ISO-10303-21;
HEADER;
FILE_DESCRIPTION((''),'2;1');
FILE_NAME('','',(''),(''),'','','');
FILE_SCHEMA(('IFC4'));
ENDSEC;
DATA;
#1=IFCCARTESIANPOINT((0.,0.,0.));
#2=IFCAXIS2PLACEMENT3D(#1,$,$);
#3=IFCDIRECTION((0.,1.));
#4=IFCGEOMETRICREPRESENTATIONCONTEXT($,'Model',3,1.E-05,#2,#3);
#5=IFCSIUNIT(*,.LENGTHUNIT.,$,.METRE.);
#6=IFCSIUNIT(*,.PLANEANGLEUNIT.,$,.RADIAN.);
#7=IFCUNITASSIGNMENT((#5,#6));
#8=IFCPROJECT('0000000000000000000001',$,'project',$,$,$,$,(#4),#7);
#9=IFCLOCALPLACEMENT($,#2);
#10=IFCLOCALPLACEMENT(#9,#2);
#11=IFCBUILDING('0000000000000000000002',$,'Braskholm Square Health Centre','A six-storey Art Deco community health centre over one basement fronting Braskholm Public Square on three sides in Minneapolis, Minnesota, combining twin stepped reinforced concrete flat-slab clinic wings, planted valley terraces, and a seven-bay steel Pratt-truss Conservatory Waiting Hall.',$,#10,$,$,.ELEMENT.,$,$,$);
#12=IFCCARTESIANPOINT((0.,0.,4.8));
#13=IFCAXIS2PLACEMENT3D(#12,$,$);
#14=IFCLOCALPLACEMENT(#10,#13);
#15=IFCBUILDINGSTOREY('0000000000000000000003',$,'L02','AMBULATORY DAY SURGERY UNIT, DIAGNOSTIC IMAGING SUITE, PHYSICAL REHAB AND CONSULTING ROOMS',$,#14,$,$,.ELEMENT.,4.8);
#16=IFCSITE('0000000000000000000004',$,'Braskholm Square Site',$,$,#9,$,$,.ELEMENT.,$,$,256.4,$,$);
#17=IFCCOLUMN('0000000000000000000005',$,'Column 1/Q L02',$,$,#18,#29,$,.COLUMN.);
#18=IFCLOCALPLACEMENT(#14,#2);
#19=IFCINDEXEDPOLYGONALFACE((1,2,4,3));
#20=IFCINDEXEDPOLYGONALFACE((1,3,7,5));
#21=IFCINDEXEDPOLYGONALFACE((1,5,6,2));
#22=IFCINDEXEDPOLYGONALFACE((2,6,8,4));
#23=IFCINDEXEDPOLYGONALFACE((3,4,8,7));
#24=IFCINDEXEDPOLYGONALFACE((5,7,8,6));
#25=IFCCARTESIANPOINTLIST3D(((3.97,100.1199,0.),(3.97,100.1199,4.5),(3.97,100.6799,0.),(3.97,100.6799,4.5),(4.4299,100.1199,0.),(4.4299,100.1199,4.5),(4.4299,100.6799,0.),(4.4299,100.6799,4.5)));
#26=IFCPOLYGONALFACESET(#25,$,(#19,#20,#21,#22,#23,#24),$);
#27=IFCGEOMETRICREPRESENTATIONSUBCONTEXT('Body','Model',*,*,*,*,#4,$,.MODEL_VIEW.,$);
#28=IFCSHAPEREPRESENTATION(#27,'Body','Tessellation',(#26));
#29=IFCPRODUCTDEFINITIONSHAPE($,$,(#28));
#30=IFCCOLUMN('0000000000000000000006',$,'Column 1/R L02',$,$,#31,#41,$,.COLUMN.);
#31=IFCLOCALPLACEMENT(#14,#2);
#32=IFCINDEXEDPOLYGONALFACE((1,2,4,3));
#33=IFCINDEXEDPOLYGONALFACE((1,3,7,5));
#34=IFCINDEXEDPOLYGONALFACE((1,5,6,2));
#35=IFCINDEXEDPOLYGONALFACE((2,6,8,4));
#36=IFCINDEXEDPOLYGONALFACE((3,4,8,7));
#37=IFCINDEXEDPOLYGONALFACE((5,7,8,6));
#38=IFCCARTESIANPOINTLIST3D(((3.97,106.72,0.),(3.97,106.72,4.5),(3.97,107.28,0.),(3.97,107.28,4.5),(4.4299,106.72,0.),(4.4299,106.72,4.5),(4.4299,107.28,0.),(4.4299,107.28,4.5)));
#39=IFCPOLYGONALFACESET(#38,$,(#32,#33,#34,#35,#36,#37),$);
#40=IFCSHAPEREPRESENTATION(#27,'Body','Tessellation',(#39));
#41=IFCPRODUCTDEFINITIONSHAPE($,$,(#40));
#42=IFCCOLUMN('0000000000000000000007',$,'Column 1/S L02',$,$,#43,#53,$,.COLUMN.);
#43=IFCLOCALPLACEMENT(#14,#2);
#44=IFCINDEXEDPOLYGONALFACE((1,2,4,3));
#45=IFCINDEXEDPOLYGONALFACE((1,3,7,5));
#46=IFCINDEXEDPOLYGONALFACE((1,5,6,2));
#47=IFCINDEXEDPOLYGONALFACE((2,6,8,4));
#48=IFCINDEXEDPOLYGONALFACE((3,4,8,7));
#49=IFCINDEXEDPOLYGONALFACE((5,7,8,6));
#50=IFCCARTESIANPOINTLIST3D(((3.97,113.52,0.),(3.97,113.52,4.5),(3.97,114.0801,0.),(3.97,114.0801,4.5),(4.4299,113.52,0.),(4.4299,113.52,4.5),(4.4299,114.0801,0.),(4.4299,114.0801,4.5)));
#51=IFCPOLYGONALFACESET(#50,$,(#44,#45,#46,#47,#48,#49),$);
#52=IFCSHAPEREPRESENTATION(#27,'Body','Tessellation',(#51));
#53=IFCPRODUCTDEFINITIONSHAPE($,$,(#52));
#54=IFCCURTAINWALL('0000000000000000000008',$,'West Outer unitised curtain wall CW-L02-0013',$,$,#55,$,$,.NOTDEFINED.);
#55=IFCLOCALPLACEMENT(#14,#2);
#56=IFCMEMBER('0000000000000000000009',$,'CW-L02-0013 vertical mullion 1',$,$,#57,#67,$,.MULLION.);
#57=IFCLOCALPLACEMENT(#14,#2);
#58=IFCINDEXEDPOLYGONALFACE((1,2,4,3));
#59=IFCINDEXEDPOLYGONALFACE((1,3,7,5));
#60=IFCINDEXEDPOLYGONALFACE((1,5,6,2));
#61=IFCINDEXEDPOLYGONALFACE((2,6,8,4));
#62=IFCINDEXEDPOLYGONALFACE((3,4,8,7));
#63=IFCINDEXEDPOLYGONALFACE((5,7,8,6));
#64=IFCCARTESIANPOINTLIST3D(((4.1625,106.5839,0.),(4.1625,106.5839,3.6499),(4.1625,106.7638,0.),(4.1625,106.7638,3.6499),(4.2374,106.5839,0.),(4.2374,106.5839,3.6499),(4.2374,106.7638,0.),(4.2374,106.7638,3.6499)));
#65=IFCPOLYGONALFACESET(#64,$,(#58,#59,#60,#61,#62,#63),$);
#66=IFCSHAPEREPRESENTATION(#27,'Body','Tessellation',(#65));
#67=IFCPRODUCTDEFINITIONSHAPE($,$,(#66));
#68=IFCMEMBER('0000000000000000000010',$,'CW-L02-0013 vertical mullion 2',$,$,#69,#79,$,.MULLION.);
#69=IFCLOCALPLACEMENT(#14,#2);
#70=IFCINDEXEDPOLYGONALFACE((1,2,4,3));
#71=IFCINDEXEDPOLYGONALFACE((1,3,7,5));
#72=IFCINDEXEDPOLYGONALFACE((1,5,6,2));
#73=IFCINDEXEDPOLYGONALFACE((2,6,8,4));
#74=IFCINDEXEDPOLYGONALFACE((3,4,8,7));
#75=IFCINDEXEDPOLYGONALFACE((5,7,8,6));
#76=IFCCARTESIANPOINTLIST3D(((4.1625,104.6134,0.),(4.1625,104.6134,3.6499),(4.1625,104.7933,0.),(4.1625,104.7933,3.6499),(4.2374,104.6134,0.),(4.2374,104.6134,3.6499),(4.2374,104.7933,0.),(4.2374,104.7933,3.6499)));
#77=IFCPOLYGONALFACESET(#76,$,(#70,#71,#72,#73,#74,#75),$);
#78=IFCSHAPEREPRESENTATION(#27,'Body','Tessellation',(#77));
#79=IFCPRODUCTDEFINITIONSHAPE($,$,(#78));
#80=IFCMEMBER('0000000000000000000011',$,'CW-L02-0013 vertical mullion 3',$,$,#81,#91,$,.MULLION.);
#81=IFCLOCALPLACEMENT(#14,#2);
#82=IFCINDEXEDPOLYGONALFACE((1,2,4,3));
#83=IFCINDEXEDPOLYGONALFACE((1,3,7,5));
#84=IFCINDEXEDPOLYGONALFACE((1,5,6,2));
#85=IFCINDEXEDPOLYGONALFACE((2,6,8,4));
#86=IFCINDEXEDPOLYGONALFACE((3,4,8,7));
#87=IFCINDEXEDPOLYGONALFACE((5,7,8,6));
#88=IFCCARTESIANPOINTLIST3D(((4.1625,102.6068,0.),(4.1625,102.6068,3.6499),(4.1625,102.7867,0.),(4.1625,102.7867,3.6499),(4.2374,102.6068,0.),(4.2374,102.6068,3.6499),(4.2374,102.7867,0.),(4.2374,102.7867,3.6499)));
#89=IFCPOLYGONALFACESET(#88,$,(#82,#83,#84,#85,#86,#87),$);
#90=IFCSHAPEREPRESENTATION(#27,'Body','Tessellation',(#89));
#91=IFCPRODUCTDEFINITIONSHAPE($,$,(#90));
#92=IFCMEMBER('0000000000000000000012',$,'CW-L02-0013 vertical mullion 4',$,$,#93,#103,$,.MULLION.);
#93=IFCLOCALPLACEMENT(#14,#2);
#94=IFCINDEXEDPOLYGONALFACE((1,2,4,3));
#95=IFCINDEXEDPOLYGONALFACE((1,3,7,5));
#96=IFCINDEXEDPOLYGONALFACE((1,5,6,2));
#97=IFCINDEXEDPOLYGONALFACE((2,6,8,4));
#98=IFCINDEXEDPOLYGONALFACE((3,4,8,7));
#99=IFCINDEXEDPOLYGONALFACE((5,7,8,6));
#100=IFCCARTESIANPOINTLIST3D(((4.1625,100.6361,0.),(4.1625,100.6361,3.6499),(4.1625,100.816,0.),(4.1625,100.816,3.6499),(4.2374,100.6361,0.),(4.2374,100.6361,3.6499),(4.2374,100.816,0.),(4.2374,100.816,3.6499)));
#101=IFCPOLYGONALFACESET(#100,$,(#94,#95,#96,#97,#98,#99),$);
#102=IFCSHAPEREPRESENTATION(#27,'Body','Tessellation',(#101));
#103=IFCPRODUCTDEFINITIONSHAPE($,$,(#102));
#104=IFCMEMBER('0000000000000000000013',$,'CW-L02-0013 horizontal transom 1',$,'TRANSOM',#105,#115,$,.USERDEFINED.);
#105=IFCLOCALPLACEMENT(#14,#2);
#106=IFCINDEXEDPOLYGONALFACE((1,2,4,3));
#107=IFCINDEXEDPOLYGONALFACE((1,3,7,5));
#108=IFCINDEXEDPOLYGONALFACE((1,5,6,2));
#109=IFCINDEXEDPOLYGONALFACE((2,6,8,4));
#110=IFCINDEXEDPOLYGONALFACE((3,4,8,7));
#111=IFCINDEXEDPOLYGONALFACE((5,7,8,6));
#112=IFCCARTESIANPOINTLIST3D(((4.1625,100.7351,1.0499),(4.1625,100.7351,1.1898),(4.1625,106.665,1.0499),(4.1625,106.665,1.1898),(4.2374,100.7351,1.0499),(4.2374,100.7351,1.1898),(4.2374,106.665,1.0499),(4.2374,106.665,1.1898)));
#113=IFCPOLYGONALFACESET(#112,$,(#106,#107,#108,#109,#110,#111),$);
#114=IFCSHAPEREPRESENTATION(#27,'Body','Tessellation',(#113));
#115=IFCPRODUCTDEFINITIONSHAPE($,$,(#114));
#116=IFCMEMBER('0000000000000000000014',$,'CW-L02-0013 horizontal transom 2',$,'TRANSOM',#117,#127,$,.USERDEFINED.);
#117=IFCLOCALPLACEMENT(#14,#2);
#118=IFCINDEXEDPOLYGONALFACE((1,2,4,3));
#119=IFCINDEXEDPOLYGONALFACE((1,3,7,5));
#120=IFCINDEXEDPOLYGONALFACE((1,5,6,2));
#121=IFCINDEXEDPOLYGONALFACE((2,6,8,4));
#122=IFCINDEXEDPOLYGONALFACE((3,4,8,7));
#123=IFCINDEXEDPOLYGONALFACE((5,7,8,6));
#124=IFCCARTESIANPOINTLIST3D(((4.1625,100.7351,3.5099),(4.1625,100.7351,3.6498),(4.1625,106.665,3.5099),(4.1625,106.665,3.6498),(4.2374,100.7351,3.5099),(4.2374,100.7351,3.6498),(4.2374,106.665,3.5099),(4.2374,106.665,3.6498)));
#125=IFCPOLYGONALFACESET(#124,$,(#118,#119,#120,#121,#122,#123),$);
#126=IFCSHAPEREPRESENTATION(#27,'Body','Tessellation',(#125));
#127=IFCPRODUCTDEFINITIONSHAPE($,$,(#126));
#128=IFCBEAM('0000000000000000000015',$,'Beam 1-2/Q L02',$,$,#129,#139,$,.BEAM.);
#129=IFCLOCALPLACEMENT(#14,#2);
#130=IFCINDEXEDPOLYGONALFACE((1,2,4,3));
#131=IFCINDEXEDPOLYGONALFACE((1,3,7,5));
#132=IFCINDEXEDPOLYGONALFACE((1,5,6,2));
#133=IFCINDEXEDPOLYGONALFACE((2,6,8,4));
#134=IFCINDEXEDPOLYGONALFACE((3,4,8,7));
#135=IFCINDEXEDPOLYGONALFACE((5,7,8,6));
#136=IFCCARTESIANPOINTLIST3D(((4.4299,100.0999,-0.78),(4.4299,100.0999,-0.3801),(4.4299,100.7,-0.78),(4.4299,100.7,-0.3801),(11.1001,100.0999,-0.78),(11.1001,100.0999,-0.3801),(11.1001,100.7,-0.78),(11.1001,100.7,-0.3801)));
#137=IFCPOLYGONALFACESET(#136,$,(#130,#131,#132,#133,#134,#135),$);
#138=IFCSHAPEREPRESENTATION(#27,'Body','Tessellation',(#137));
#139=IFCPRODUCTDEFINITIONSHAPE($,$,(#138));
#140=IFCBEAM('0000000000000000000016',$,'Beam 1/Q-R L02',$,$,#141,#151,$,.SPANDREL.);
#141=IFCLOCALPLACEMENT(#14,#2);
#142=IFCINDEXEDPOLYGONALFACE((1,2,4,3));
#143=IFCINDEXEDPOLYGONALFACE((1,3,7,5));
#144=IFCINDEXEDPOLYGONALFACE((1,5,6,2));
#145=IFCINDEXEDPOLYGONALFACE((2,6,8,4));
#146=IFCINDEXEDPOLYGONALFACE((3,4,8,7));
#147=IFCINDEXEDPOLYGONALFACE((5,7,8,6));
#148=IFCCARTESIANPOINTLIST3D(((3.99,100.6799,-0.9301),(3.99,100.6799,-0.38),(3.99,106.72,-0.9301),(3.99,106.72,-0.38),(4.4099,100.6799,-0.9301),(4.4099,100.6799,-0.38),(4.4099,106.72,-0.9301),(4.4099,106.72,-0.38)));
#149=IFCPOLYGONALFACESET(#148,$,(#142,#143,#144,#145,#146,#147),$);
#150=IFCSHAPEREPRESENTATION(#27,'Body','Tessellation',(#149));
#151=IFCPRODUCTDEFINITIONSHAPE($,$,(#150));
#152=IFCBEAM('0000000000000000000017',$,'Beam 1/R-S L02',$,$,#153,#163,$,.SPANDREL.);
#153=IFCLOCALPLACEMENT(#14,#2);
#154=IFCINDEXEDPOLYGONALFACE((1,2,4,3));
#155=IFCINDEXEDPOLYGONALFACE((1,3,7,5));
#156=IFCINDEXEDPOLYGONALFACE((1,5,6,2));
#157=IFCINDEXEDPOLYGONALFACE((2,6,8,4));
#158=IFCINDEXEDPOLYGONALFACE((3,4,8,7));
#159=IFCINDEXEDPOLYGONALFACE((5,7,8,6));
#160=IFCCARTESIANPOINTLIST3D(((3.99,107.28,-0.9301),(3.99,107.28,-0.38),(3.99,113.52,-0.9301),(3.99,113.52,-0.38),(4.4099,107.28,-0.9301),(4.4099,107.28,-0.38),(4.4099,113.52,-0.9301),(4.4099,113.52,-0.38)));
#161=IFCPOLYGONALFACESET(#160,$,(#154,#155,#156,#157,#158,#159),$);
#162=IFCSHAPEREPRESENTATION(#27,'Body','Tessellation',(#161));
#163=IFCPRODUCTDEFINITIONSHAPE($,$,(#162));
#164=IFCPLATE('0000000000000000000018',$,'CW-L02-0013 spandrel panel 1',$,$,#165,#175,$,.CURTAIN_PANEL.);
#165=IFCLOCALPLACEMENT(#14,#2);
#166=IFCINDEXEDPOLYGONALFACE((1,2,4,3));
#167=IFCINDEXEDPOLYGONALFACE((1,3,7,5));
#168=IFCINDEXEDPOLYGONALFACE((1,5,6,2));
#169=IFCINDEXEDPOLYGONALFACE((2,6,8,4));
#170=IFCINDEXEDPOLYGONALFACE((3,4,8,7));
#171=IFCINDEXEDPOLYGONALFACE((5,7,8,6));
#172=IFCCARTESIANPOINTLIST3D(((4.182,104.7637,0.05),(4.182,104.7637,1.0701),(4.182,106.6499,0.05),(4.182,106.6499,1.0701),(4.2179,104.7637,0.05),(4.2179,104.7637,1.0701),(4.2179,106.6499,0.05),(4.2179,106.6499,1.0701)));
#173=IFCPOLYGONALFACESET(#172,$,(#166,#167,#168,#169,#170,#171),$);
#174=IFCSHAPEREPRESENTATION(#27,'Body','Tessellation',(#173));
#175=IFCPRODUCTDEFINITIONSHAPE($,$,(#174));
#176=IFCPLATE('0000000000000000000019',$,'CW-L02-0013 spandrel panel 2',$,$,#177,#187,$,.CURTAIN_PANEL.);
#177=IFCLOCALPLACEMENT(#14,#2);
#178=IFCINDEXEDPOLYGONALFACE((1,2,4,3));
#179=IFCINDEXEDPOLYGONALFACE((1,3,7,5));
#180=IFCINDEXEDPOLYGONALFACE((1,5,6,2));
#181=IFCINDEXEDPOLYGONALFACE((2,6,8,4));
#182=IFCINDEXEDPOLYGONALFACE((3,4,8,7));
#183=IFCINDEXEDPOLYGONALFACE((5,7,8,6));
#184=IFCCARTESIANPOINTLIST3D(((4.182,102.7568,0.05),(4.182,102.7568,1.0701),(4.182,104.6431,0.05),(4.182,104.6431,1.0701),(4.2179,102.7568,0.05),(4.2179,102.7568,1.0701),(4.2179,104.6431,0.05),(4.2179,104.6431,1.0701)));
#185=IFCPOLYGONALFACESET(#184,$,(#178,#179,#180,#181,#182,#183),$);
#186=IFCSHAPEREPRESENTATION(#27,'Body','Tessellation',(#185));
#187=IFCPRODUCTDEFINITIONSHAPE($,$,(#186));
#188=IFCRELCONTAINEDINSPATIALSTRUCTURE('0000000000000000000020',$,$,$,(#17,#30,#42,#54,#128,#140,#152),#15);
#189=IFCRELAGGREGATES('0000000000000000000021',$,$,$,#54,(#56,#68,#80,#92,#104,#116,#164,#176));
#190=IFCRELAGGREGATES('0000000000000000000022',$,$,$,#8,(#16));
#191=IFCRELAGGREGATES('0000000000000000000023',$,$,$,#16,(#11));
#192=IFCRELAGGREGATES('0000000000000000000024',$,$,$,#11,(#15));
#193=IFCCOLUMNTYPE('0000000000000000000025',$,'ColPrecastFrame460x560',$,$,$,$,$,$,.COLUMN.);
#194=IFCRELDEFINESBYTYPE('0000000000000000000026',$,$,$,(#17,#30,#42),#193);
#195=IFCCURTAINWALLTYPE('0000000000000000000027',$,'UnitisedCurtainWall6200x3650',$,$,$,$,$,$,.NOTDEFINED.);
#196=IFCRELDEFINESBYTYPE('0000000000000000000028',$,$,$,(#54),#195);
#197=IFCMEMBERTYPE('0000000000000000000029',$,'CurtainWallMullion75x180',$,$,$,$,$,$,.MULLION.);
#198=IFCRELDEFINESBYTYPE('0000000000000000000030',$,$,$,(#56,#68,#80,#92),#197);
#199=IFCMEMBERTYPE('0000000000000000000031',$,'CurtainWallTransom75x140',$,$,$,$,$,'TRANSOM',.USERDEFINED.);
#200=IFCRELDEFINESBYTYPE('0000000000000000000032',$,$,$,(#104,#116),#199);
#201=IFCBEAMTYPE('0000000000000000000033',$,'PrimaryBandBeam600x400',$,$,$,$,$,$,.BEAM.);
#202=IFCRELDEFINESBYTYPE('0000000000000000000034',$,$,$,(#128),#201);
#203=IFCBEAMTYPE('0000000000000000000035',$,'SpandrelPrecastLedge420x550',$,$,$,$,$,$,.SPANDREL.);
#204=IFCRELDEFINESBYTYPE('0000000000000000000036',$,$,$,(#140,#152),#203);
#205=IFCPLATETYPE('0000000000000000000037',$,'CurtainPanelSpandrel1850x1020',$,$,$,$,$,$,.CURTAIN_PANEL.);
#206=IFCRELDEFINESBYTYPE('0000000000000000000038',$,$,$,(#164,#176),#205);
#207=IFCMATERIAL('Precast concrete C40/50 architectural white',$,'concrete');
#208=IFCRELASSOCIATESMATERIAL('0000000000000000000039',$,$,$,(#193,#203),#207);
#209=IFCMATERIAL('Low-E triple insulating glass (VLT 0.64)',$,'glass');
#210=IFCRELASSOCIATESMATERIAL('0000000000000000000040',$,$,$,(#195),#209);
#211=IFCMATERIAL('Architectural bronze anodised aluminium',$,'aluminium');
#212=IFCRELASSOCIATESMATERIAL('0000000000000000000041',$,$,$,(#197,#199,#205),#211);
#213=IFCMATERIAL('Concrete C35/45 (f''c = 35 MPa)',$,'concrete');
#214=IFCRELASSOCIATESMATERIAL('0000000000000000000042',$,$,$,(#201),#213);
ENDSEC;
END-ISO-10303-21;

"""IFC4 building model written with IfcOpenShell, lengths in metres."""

from ifc_helpers import new_model, si_unit, direction, frame, origin, origin_2d, place, context, subcontext, project, spatial, rectangle, extrude, material, material_profile, profile_set, type_object, element, aggregate, save


model = new_model("IFC4")

# Units and contexts
model_context = context("Model", 3, precision=1e-05, world=origin(), true_north=direction((0.0, 1.0)))
body_context = subcontext(model_context, "Body", "Model", "MODEL_VIEW")
ifc_project = project(units=[si_unit("LENGTHUNIT", "METRE"), si_unit("PLANEANGLEUNIT", "RADIAN")], contexts=[model_context])

# Site, building, storey
site_placement = place(None, origin())
site = spatial("IfcSite", under=ifc_project, at=site_placement, Name="Braskholm Square Site", CompositionType="ELEMENT", RefElevation=256.4)
building_placement = place(site_placement, origin())
building = spatial("IfcBuilding", under=site, at=building_placement, Name="Braskholm Square Health Centre", Description="A six-storey Art Deco community health centre over one basement fronting Braskholm Public Square on three sides in Minneapolis, Minnesota, combining twin stepped reinforced concrete flat-slab clinic wings, planted valley terraces, and a seven-bay steel Pratt-truss Conservatory Waiting Hall.", CompositionType="ELEMENT")
storey_placement = place(building_placement, frame((0.0, 0.0, 4.8)))
storey = spatial("IfcBuildingStorey", under=building, at=storey_placement, Name="L02", Description="AMBULATORY DAY SURGERY UNIT, DIAGNOSTIC IMAGING SUITE, PHYSICAL REHAB AND CONSULTING ROOMS", CompositionType="ELEMENT", Elevation=4.8)

# Columns
ifc_material_1 = material(Name="Precast concrete C40/50 architectural white", Category="concrete")
ifc_material_profile_1 = material_profile(ifc_material_1, rectangle(XDim=0.46, YDim=0.5601, at=origin_2d()), Name="RC-460X560")
ifc_profile_set_1 = profile_set([ifc_material_profile_1], Name="Precast concrete C40/50 architectural white")
column_type = type_object("IfcColumnType", Name="ColPrecastFrame460x560", PredefinedType="COLUMN", material=ifc_profile_set_1)
for number, where, z_axis, x_axis, name in (
    (1, (4.2, 100.3999, 0.0), (0.0, 0.0, 1.0), (1.0, 0.0, 0.0), "Column 1/Q L02"),
    (2, (4.2, 107.0, 0.0), (0.0, 0.0, 1.0), (1.0, 0.0, 0.0), "Column 1/R L02"),
    (3, (4.2, 113.8, 0.0), (0.0, 0.0, 1.0), (1.0, 0.0, 0.0), "Column 1/S L02"),
):
    element("IfcColumn", number, at=place(storey_placement, frame(where, z_axis=z_axis, x_axis=x_axis)), inside=storey, type_object=column_type, Name=name, PredefinedType="COLUMN", context=body_context, shape_type="SweptSolid", body=[
        extrude(rectangle(XDim=0.46, YDim=0.5601, at=origin_2d()), origin(), (0.0, 0.0, 1.0), 4.5),
    ])

# Curtain wall, members
ifc_material_2 = material(Name="Low-E triple insulating glass (VLT 0.64)", Category="glass")
curtain_wall_type = type_object("IfcCurtainWallType", Name="UnitisedCurtainWall6200x3650", PredefinedType="NOTDEFINED", material=ifc_material_2)
curtain_wall_placement = place(storey_placement, origin())
curtain_wall = element("IfcCurtainWall", 4, at=curtain_wall_placement, inside=storey, type_object=curtain_wall_type, Name="West Outer unitised curtain wall CW-L02-0013", PredefinedType="NOTDEFINED")
ifc_material_3 = material(Name="Architectural bronze anodised aluminium", Category="aluminium")
ifc_material_profile_2 = material_profile(ifc_material_3, rectangle(XDim=0.075, YDim=0.1799, at=origin_2d()), Name="ALU-75X180")
ifc_profile_set_2 = profile_set([ifc_material_profile_2], Name="Architectural bronze anodised aluminium")
member_type_1 = type_object("IfcMemberType", Name="CurtainWallMullion75x180", PredefinedType="MULLION", material=ifc_profile_set_2)
member_1_placement = place(storey_placement, frame((4.2, 106.6738, 0.0), z_axis=(0.0, 0.0, 1.0), x_axis=(1.0, 0.0, 0.0)))
member_1 = element("IfcMember", 5, at=member_1_placement, type_object=member_type_1, Name="CW-L02-0013 vertical mullion 1", PredefinedType="MULLION", context=body_context, shape_type="SweptSolid", body=[
    extrude(rectangle(XDim=0.075, YDim=0.1799, at=origin_2d()), origin(), (0.0, 0.0, 1.0), 3.6499),
])
member_2_placement = place(storey_placement, frame((4.2, 104.7034, 0.0), z_axis=(0.0, 0.0, 1.0), x_axis=(1.0, 0.0, 0.0)))
member_2 = element("IfcMember", 6, at=member_2_placement, type_object=member_type_1, Name="CW-L02-0013 vertical mullion 2", PredefinedType="MULLION", context=body_context, shape_type="SweptSolid", body=[
    extrude(rectangle(XDim=0.075, YDim=0.1799, at=origin_2d()), origin(), (0.0, 0.0, 1.0), 3.6499),
])
member_3_placement = place(storey_placement, frame((4.2, 102.6968, 0.0), z_axis=(0.0, 0.0, 1.0), x_axis=(1.0, 0.0, 0.0)))
member_3 = element("IfcMember", 7, at=member_3_placement, type_object=member_type_1, Name="CW-L02-0013 vertical mullion 3", PredefinedType="MULLION", context=body_context, shape_type="SweptSolid", body=[
    extrude(rectangle(XDim=0.075, YDim=0.1799, at=origin_2d()), origin(), (0.0, 0.0, 1.0), 3.6499),
])
member_4_placement = place(storey_placement, frame((4.2, 100.7261, 0.0), z_axis=(0.0, 0.0, 1.0), x_axis=(1.0, 0.0, 0.0)))
member_4 = element("IfcMember", 8, at=member_4_placement, type_object=member_type_1, Name="CW-L02-0013 vertical mullion 4", PredefinedType="MULLION", context=body_context, shape_type="SweptSolid", body=[
    extrude(rectangle(XDim=0.075, YDim=0.1799, at=origin_2d()), origin(), (0.0, 0.0, 1.0), 3.6499),
])
ifc_material_profile_3 = material_profile(ifc_material_3, rectangle(XDim=0.075, YDim=0.1399, at=origin_2d()), Name="ALU-75X140")
ifc_profile_set_3 = profile_set([ifc_material_profile_3], Name="Architectural bronze anodised aluminium")
member_type_2 = type_object("IfcMemberType", Name="CurtainWallTransom75x140", ElementType="TRANSOM", PredefinedType="USERDEFINED", material=ifc_profile_set_3)
member_5_placement = place(storey_placement, frame((4.2, 106.665, 1.1199), z_axis=(0.0, -1.0, 0.0), x_axis=(1.0, 0.0, 0.0)))
member_5 = element("IfcMember", 9, at=member_5_placement, type_object=member_type_2, Name="CW-L02-0013 horizontal transom 1", ObjectType="TRANSOM", PredefinedType="USERDEFINED", context=body_context, shape_type="SweptSolid", body=[
    extrude(rectangle(XDim=0.075, YDim=0.1399, at=origin_2d()), origin(), (0.0, 0.0, 1.0), 5.9299),
])
member_6_placement = place(storey_placement, frame((4.2, 106.665, 3.5798), z_axis=(0.0, -1.0, 0.0), x_axis=(1.0, 0.0, 0.0)))
member_6 = element("IfcMember", 10, at=member_6_placement, type_object=member_type_2, Name="CW-L02-0013 horizontal transom 2", ObjectType="TRANSOM", PredefinedType="USERDEFINED", context=body_context, shape_type="SweptSolid", body=[
    extrude(rectangle(XDim=0.075, YDim=0.1399, at=origin_2d()), origin(), (0.0, 0.0, 1.0), 5.9299),
])

# Beams
ifc_material_4 = material(Name="Concrete C35/45 (f'c = 35 MPa)", Category="concrete")
ifc_material_profile_4 = material_profile(ifc_material_4, rectangle(XDim=0.6001, YDim=0.3999, at=origin_2d()), Name="RCB-600X400")
ifc_profile_set_4 = profile_set([ifc_material_profile_4], Name="Concrete C35/45 (f'c = 35 MPa)")
beam_type_1 = type_object("IfcBeamType", Name="PrimaryBandBeam600x400", PredefinedType="BEAM", material=ifc_profile_set_4)
beam_1_placement = place(storey_placement, frame((4.4299, 100.3999, -0.5801), z_axis=(1.0, 0.0, 0.0), x_axis=(0.0, 1.0, 0.0)))
element("IfcBeam", 11, at=beam_1_placement, inside=storey, type_object=beam_type_1, Name="Beam 1-2/Q L02", PredefinedType="BEAM", context=body_context, shape_type="SweptSolid", body=[
    extrude(rectangle(XDim=0.6001, YDim=0.3999, at=origin_2d()), origin(), (0.0, 0.0, 1.0), 6.6702),
])
ifc_material_profile_5 = material_profile(ifc_material_1, rectangle(XDim=0.4199, YDim=0.55, at=origin_2d()), Name="RCB-420X550")
ifc_profile_set_5 = profile_set([ifc_material_profile_5], Name="Precast concrete C40/50 architectural white")
beam_type_2 = type_object("IfcBeamType", Name="SpandrelPrecastLedge420x550", PredefinedType="SPANDREL", material=ifc_profile_set_5)
beam_2_placement = place(storey_placement, frame((4.2, 100.6799, -0.655), z_axis=(0.0, 1.0, 0.0), x_axis=(-1.0, 0.0, 0.0)))
element("IfcBeam", 12, at=beam_2_placement, inside=storey, type_object=beam_type_2, Name="Beam 1/Q-R L02", PredefinedType="SPANDREL", context=body_context, shape_type="SweptSolid", body=[
    extrude(rectangle(XDim=0.4199, YDim=0.55, at=origin_2d()), origin(), (0.0, 0.0, 1.0), 6.04),
])
beam_3_placement = place(storey_placement, frame((4.2, 107.28, -0.655), z_axis=(0.0, 1.0, 0.0), x_axis=(-1.0, 0.0, 0.0)))
element("IfcBeam", 13, at=beam_3_placement, inside=storey, type_object=beam_type_2, Name="Beam 1/R-S L02", PredefinedType="SPANDREL", context=body_context, shape_type="SweptSolid", body=[
    extrude(rectangle(XDim=0.4199, YDim=0.55, at=origin_2d()), origin(), (0.0, 0.0, 1.0), 6.24),
])

# Plates
plate_type_1 = type_object("IfcPlateType", Name="CurtainPanelSpandrel1850x1020", PredefinedType="CURTAIN_PANEL", material=ifc_material_3)
plate_1_placement = place(storey_placement, frame((4.2, 105.7068, 0.05), z_axis=(0.0, 0.0, 1.0), x_axis=(0.0, -1.0, 0.0)))
plate_1 = element("IfcPlate", 14, at=plate_1_placement, type_object=plate_type_1, Name="CW-L02-0013 spandrel panel 1", PredefinedType="CURTAIN_PANEL", context=body_context, shape_type="SweptSolid", body=[
    extrude(rectangle(XDim=1.8862, YDim=0.0359, at=origin_2d()), origin(), (0.0, 0.0, 1.0), 1.02),
])
plate_2_placement = place(storey_placement, frame((4.2, 103.7, 0.05), z_axis=(0.0, 0.0, 1.0), x_axis=(0.0, -1.0, 0.0)))
plate_2 = element("IfcPlate", 15, at=plate_2_placement, type_object=plate_type_1, Name="CW-L02-0013 spandrel panel 2", PredefinedType="CURTAIN_PANEL", context=body_context, shape_type="SweptSolid", body=[
    extrude(rectangle(XDim=1.8862, YDim=0.0359, at=origin_2d()), origin(), (0.0, 0.0, 1.0), 1.02),
])
aggregate(curtain_wall, [member_1, member_2, member_3, member_4, member_5, member_6, plate_1, plate_2])

save(model, "model.ifc")
